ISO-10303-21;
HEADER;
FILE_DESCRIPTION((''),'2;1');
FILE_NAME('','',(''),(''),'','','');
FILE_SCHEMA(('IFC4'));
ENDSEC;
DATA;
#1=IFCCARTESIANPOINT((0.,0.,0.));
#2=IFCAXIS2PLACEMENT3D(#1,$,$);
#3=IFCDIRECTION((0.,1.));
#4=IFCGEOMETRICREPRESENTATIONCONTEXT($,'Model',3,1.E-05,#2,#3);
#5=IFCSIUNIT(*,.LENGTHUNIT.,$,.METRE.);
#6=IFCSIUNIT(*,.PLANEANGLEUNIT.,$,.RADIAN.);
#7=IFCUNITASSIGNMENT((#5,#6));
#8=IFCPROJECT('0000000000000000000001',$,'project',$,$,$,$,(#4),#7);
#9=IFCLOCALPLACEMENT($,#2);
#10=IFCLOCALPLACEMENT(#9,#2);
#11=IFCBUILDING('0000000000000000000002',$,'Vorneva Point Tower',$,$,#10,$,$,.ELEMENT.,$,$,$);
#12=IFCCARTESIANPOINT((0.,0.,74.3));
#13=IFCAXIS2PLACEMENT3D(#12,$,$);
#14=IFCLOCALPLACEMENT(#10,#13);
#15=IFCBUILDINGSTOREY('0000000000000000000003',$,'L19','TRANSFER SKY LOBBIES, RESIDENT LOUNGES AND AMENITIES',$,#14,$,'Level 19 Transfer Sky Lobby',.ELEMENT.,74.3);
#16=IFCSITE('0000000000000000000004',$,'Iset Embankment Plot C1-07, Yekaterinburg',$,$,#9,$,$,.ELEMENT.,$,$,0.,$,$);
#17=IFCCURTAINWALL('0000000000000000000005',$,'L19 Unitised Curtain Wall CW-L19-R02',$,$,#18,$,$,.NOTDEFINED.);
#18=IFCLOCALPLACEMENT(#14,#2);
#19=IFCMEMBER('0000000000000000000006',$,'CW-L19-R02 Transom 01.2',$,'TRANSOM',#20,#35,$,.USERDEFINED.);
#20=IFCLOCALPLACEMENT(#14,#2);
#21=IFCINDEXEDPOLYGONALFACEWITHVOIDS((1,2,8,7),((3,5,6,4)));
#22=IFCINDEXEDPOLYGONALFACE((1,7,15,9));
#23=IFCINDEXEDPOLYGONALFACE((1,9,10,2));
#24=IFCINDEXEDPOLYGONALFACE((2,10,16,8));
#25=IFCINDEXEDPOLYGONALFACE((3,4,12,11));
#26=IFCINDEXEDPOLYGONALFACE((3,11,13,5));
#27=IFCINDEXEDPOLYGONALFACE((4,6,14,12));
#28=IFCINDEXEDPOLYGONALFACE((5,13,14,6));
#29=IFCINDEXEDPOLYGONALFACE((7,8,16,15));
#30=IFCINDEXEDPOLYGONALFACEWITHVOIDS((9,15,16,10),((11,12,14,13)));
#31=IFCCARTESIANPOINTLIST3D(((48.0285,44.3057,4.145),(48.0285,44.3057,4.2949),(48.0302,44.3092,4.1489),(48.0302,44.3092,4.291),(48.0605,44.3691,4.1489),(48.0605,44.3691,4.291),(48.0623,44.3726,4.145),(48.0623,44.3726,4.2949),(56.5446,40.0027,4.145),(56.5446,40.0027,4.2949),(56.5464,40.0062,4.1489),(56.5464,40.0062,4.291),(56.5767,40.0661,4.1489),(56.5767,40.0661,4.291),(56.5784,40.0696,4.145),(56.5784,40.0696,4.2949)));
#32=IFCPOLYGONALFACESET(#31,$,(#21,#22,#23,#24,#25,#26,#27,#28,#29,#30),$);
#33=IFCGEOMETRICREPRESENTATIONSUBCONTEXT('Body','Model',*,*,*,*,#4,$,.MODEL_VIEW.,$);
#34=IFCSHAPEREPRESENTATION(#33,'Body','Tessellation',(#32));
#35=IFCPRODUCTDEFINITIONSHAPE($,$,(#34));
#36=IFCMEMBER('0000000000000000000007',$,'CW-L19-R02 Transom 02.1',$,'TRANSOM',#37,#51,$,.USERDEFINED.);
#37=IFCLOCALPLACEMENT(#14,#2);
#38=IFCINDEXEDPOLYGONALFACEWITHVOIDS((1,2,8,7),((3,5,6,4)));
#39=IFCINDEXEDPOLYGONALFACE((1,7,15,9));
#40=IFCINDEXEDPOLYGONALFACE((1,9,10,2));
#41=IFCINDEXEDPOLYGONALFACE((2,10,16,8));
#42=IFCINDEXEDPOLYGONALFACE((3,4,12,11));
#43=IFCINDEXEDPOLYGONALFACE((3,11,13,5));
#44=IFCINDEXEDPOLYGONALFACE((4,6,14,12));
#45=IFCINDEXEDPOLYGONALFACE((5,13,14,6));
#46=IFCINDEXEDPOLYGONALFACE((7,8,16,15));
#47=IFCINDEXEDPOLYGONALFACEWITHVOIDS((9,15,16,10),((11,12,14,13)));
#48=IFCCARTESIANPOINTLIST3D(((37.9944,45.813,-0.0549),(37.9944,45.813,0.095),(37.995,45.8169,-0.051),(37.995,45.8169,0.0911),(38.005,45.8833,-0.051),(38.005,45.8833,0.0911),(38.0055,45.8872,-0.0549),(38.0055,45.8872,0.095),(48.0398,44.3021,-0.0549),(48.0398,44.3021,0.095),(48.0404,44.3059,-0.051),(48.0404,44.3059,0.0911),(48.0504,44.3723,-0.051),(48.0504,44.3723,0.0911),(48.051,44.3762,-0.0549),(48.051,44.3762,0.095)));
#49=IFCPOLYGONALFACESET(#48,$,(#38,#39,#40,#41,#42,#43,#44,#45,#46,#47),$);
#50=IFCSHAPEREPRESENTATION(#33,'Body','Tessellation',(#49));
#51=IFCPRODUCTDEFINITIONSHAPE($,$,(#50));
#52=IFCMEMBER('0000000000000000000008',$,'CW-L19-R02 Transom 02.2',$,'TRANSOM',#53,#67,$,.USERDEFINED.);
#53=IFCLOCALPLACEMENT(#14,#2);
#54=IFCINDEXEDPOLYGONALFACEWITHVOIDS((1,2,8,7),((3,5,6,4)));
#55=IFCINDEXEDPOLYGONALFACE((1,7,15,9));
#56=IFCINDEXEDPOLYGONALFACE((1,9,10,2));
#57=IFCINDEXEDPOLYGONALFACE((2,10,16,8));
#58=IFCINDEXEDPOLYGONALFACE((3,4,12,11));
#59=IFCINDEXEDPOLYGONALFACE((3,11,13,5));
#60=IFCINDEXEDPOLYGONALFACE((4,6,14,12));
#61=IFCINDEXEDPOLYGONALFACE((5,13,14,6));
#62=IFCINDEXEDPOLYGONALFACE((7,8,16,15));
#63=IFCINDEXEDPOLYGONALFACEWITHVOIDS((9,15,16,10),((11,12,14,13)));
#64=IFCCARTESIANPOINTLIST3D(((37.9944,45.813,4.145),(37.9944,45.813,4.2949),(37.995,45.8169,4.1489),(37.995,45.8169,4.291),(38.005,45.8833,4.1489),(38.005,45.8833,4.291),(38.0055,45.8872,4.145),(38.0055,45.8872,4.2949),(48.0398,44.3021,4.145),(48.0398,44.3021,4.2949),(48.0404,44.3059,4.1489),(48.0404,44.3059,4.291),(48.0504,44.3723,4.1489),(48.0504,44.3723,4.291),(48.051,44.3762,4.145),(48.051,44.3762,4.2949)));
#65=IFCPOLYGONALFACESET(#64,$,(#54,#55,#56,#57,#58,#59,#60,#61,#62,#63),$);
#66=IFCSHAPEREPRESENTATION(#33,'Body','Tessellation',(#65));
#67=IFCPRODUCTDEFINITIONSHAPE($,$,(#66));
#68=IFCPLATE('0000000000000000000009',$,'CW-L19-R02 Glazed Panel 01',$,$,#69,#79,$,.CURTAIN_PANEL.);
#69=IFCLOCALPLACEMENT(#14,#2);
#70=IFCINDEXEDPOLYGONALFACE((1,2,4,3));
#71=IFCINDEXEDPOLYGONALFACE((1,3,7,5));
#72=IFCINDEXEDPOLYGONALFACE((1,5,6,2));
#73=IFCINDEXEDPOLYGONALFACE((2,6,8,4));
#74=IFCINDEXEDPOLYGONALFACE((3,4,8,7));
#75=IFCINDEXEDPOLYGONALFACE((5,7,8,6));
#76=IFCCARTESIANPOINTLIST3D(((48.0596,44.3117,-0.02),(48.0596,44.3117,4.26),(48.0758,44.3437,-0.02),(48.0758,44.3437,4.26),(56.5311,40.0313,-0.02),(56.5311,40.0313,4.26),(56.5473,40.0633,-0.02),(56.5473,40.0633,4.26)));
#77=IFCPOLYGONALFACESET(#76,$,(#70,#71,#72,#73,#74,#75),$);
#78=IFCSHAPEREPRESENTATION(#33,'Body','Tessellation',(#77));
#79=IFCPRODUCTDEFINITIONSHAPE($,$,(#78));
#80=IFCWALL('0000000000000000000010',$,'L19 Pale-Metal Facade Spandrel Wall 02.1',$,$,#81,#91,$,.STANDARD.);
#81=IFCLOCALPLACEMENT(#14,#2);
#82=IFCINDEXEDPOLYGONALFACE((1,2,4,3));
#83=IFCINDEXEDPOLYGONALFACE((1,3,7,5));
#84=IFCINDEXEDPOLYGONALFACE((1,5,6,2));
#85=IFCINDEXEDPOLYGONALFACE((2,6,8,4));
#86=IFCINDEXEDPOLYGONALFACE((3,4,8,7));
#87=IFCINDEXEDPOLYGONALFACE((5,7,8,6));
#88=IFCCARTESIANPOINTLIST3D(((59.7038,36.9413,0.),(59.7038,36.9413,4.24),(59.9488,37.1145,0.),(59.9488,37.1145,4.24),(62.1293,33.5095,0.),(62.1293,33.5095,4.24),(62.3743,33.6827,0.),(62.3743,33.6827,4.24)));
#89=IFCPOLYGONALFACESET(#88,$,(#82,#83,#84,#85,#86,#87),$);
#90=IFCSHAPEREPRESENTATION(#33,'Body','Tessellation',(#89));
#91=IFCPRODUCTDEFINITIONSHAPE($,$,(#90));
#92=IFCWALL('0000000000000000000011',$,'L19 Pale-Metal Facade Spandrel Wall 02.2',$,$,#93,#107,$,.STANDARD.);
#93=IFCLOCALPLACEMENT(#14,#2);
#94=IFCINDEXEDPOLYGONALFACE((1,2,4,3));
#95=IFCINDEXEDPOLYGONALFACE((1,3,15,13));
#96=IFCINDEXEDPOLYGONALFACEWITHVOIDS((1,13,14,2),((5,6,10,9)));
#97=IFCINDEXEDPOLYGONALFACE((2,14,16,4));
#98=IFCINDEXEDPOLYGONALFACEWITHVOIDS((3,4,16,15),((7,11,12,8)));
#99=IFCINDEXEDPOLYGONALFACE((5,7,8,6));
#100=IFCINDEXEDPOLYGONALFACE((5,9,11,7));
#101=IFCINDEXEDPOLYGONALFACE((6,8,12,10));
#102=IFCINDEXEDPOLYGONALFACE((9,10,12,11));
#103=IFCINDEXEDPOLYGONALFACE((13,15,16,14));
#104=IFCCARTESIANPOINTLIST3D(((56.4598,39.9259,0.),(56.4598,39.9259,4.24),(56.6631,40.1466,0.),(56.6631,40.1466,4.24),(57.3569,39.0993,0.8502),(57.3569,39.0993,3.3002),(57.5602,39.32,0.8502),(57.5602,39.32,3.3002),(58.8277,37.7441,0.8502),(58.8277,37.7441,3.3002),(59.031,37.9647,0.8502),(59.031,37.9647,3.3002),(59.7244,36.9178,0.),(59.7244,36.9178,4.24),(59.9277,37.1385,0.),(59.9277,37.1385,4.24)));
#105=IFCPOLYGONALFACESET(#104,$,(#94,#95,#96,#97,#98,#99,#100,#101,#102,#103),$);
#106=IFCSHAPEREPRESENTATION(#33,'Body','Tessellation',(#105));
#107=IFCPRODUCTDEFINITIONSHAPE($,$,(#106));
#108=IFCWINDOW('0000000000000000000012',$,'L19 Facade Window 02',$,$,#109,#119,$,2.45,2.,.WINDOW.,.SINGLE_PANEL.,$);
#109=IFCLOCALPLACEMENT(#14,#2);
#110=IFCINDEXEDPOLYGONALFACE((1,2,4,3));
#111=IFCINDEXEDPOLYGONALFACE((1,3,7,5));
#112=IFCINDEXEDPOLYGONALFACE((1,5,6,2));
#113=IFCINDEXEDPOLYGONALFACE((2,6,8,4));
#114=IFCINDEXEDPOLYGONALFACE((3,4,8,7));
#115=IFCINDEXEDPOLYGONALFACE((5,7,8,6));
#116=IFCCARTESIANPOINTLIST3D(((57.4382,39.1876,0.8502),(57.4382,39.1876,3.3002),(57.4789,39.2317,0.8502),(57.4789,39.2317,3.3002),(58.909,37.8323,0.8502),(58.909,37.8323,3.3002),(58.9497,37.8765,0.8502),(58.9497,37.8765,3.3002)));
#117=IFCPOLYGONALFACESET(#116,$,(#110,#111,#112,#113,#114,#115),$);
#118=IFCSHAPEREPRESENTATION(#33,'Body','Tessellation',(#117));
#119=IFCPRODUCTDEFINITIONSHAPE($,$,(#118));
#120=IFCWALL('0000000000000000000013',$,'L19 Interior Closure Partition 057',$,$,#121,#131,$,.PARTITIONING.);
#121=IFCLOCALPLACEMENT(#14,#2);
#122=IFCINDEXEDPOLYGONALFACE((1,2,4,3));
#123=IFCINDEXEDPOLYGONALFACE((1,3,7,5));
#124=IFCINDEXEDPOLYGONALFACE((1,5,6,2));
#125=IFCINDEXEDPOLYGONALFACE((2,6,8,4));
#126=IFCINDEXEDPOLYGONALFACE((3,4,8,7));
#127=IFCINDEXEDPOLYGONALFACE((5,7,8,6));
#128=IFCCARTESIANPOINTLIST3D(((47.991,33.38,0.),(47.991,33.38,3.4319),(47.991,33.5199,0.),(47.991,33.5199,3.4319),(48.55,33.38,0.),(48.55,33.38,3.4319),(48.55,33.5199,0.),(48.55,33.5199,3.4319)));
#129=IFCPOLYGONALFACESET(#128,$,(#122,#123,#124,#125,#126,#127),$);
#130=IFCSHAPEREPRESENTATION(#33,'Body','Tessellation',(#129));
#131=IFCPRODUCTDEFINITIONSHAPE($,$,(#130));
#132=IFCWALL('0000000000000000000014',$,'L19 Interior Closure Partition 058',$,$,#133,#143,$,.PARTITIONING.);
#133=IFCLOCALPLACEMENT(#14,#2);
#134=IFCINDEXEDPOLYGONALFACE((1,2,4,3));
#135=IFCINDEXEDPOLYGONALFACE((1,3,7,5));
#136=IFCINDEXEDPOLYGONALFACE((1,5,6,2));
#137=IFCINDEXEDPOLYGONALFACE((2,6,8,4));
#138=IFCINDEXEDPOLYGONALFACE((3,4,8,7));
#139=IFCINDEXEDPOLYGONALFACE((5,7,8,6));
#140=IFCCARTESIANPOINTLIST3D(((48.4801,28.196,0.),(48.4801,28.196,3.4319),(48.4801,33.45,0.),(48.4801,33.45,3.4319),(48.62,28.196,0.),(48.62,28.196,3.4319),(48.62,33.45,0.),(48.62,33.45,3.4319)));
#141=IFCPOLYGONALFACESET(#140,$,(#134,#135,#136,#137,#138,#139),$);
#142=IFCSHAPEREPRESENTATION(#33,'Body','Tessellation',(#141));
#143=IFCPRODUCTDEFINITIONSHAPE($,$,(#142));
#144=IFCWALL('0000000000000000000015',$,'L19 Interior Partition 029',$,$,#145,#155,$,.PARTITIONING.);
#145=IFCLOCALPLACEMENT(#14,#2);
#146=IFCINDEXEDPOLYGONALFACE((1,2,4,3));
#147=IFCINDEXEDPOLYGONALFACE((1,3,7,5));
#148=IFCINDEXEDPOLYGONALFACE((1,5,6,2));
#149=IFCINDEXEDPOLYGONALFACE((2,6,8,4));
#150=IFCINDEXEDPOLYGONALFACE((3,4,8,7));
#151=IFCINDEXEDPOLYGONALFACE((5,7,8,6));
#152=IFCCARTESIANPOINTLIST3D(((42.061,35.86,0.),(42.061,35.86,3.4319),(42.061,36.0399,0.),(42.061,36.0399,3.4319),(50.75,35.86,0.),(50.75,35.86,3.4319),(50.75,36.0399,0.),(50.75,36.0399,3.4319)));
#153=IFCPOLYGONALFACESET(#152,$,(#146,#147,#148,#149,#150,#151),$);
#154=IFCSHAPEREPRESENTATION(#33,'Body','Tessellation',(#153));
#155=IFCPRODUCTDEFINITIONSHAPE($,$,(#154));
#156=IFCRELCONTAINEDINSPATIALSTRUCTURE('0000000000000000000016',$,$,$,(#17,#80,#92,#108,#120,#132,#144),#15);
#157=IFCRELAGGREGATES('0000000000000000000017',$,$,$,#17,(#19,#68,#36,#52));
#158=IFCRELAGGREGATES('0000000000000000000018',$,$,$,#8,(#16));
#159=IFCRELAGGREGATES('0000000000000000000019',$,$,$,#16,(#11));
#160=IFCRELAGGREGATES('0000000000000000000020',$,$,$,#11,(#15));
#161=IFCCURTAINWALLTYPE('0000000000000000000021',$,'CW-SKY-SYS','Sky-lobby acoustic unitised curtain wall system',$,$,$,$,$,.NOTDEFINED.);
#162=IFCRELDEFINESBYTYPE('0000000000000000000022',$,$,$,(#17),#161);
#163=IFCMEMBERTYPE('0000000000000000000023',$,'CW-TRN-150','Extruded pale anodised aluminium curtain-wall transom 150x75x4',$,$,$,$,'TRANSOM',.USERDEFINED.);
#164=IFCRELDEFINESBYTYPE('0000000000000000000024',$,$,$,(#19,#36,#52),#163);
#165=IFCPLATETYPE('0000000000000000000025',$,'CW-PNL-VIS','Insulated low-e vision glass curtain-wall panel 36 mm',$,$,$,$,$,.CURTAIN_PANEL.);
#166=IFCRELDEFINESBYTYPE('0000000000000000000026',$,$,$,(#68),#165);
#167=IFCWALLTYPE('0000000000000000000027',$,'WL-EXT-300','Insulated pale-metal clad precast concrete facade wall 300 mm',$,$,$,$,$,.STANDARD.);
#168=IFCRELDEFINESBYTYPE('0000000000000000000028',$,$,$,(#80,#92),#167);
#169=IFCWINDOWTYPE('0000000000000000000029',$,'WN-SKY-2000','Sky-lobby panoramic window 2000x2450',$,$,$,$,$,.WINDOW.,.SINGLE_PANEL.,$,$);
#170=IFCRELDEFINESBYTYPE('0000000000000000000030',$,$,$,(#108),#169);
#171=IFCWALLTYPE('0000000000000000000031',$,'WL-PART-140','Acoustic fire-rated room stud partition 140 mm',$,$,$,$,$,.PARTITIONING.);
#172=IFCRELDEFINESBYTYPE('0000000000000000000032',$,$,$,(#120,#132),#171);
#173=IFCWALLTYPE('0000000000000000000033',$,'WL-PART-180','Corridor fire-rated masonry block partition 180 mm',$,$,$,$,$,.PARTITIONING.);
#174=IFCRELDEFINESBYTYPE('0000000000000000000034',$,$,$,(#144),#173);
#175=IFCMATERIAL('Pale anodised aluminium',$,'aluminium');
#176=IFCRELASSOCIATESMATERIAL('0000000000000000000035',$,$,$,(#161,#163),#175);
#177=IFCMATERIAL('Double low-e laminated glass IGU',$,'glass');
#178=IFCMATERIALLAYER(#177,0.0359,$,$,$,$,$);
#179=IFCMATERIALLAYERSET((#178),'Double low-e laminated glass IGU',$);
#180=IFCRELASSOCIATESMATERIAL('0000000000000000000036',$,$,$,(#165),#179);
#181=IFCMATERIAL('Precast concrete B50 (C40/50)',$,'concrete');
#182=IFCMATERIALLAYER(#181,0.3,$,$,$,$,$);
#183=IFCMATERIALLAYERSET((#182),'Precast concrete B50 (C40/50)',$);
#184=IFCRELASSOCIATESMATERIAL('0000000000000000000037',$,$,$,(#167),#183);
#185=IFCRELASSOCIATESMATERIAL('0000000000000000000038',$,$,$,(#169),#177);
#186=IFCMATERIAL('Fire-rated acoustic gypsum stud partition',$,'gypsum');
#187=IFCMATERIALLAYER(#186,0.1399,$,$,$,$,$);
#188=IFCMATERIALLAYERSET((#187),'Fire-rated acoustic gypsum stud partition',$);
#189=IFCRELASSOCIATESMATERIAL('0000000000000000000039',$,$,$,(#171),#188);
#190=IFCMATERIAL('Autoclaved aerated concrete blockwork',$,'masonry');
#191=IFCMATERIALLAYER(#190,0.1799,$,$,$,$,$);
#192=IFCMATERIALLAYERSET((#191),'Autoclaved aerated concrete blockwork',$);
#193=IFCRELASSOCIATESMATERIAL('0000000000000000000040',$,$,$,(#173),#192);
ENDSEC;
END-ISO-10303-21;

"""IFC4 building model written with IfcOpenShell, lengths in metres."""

from ifc_helpers import new_model, si_unit, direction, frame, frame_2d, origin, origin_2d, place, context, subcontext, project, spatial, rectangle, hollow_rectangle, extrude, material, layer, layer_set, material_profile, profile_set, type_object, element, fill, aggregate, save


model = new_model("IFC4")

# Units and contexts
model_context = context("Model", 3, precision=1e-05, world=origin(), true_north=direction((0.0, 1.0)))
body_context = subcontext(model_context, "Body", "Model", "MODEL_VIEW")
ifc_project = project(units=[si_unit("LENGTHUNIT", "METRE"), si_unit("PLANEANGLEUNIT", "RADIAN")], contexts=[model_context])

# Site, building, storey
site_placement = place(None, origin())
site = spatial("IfcSite", under=ifc_project, at=site_placement, Name="Iset Embankment Plot C1-07, Yekaterinburg", CompositionType="ELEMENT", RefElevation=0.0)
building_placement = place(site_placement, origin())
building = spatial("IfcBuilding", under=site, at=building_placement, Name="Vorneva Point Tower", CompositionType="ELEMENT")
storey_placement = place(building_placement, frame((0.0, 0.0, 74.3)))
storey = spatial("IfcBuildingStorey", under=building, at=storey_placement, Name="L19", Description="TRANSFER SKY LOBBIES, RESIDENT LOUNGES AND AMENITIES", LongName="Level 19 Transfer Sky Lobby", CompositionType="ELEMENT", Elevation=74.3)

# Shared definitions
ifc_material_1 = material(Name="Pale anodised aluminium", Category="aluminium")
curtain_wall_type = type_object("IfcCurtainWallType", Name="CW-SKY-SYS", Description="Sky-lobby acoustic unitised curtain wall system", PredefinedType="NOTDEFINED", material=ifc_material_1)

# Curtain wall, members, plate
curtain_wall_1_placement = place(storey_placement, origin())
curtain_wall_1 = element("IfcCurtainWall", 1, at=curtain_wall_1_placement, inside=storey, type_object=curtain_wall_type, Name="L19 Unitised Curtain Wall CW-L19-R02", PredefinedType="NOTDEFINED")
ifc_material_profile_1 = material_profile(ifc_material_1, hollow_rectangle(XDim=0.075, YDim=0.1499, WallThickness=0.0039, at=origin_2d()), Name="AL-TRN 150x75x4")
ifc_profile_set_1 = profile_set([ifc_material_profile_1], Name="Pale anodised aluminium")
member_type_1 = type_object("IfcMemberType", Name="CW-TRN-150", Description="Extruded pale anodised aluminium curtain-wall transom 150x75x4", ElementType="TRANSOM", PredefinedType="USERDEFINED", material=ifc_profile_set_1)
member_1_placement = place(storey_placement, frame((56.5615, 40.0361, 4.22), z_axis=(-0.892536, 0.450976, 0.0), x_axis=(-0.450976, -0.892536, 0.0)))
member_1 = element("IfcMember", 2, at=member_1_placement, type_object=member_type_1, Name="CW-L19-R02 Transom 01.2", ObjectType="TRANSOM", PredefinedType="USERDEFINED", context=body_context, shape_type="SweptSolid", body=[
    extrude(hollow_rectangle(XDim=0.075, YDim=0.1499, WallThickness=0.0039, at=origin_2d()), origin(), (0.0, 0.0, 1.0), 9.5415),
])
member_2_placement = place(storey_placement, frame((48.0454, 44.3391, 0.02), z_axis=(-0.988876, 0.148742, 0.0), x_axis=(-0.148742, -0.988876, 0.0)))
member_2 = element("IfcMember", 3, at=member_2_placement, type_object=member_type_1, Name="CW-L19-R02 Transom 02.1", ObjectType="TRANSOM", PredefinedType="USERDEFINED", context=body_context, shape_type="SweptSolid", body=[
    extrude(hollow_rectangle(XDim=0.075, YDim=0.1499, WallThickness=0.0039, at=origin_2d()), origin(), (0.0, 0.0, 1.0), 10.1584),
])
member_3_placement = place(storey_placement, frame((48.0454, 44.3391, 4.22), z_axis=(-0.988876, 0.148742, 0.0), x_axis=(-0.148742, -0.988876, 0.0)))
member_3 = element("IfcMember", 4, at=member_3_placement, type_object=member_type_1, Name="CW-L19-R02 Transom 02.2", ObjectType="TRANSOM", PredefinedType="USERDEFINED", context=body_context, shape_type="SweptSolid", body=[
    extrude(hollow_rectangle(XDim=0.075, YDim=0.1499, WallThickness=0.0039, at=origin_2d()), origin(), (0.0, 0.0, 1.0), 10.1584),
])
ifc_material_2 = material(Name="Double low-e laminated glass IGU", Category="glass")
ifc_layer_1 = layer(ifc_material_2, 0.0359)
ifc_layer_set_1 = layer_set([ifc_layer_1], Name="Double low-e laminated glass IGU")
plate_type = type_object("IfcPlateType", Name="CW-PNL-VIS", Description="Insulated low-e vision glass curtain-wall panel 36 mm", PredefinedType="CURTAIN_PANEL", material=ifc_layer_set_1)
plate_placement = place(storey_placement, frame((52.3035, 42.1875, -0.02), z_axis=(0.0, 0.0, 1.0), x_axis=(-0.892539, 0.450971, 0.0)))
plate = element("IfcPlate", 5, at=plate_placement, type_object=plate_type, Name="CW-L19-R02 Glazed Panel 01", PredefinedType="CURTAIN_PANEL", context=body_context, shape_type="SweptSolid", body=[
    extrude(rectangle(XDim=9.4915, YDim=0.0359, at=origin_2d()), origin(), (0.0, 0.0, 1.0), 4.28),
])
aggregate(curtain_wall_1, [member_1, plate, member_2, member_3])

# Wall
ifc_material_3 = material(Name="Precast concrete B50 (C40/50)", Category="concrete")
ifc_layer_2 = layer(ifc_material_3, 0.3)
ifc_layer_set_2 = layer_set([ifc_layer_2], Name="Precast concrete B50 (C40/50)")
wall_type_1 = type_object("IfcWallType", Name="WL-EXT-300", Description="Insulated pale-metal clad precast concrete facade wall 300 mm", PredefinedType="STANDARD", material=ifc_layer_set_2)
wall_1_placement = place(storey_placement, frame((62.2517, 33.5962, 0.0), z_axis=(0.0, 0.0, 1.0), x_axis=(-0.577164, 0.816628, 0.0)))
element("IfcWall", 6, at=wall_1_placement, inside=storey, type_object=wall_type_1, Name="L19 Pale-Metal Facade Spandrel Wall 02.1", PredefinedType="STANDARD", context=body_context, shape_type="SweptSolid", body=[
    extrude(rectangle(XDim=4.2024, YDim=0.3, at=frame_2d((2.1011, 0.0))), origin(), (0.0, 0.0, 1.0), 4.24),
])

# Wall, opening, window
wall_2_placement = place(storey_placement, frame((59.8262, 37.0281, 0.0), z_axis=(0.0, 0.0, 1.0), x_axis=(-0.735417, 0.677615, 0.0)))
wall_2 = element("IfcWall", 7, at=wall_2_placement, inside=storey, type_object=wall_type_1, Name="L19 Pale-Metal Facade Spandrel Wall 02.2", PredefinedType="STANDARD", context=body_context, shape_type="SweptSolid", body=[
    extrude(rectangle(XDim=4.4392, YDim=0.3, at=frame_2d((2.2197, 0.0))), origin(), (0.0, 0.0, 1.0), 4.24),
])
opening_1_placement = place(wall_2_placement, frame((1.2195, 0.0, 0.8501)))
opening_1 = element("IfcOpeningElement", 8, at=opening_1_placement, cuts=wall_2, PredefinedType="OPENING", context=body_context, shape_type="SweptSolid", body=[
    extrude(rectangle(XDim=2.0, YDim=2.45, at=frame_2d((1.0, 1.2251))), frame((0.0, 0.165, 0.0), z_axis=(0.0, -1.0, 0.0), x_axis=(1.0, 0.0, 0.0)), (0.0, 0.0, 1.0), 0.3298),
])
window_type = type_object("IfcWindowType", Name="WN-SKY-2000", Description="Sky-lobby panoramic window 2000x2450", PartitioningType="SINGLE_PANEL", PredefinedType="WINDOW", material=ifc_material_2)
window_placement = place(opening_1_placement, origin())
window = element("IfcWindow", 9, at=window_placement, inside=storey, type_object=window_type, Name="L19 Facade Window 02", OverallHeight=2.45, OverallWidth=2.0, PartitioningType="SINGLE_PANEL", PredefinedType="WINDOW", context=body_context, shape_type="SweptSolid", body=[
    extrude(rectangle(XDim=2.0, YDim=2.45, at=frame_2d((1.0, 1.2251))), frame((0.0, 0.03, 0.0), z_axis=(0.0, -1.0, 0.0), x_axis=(1.0, 0.0, 0.0)), (0.0, 0.0, 1.0), 0.0601),
])
fill(opening_1, window)

# Walls
ifc_material_4 = material(Name="Fire-rated acoustic gypsum stud partition", Category="gypsum")
ifc_layer_3 = layer(ifc_material_4, 0.1399)
ifc_layer_set_3 = layer_set([ifc_layer_3], Name="Fire-rated acoustic gypsum stud partition")
wall_type_2 = type_object("IfcWallType", Name="WL-PART-140", Description="Acoustic fire-rated room stud partition 140 mm", PredefinedType="PARTITIONING", material=ifc_layer_set_3)
wall_3_placement = place(storey_placement, frame((47.991, 33.45, 0.0), z_axis=(0.0, 0.0, 1.0), x_axis=(1.0, 0.0, 0.0)))
element("IfcWall", 10, at=wall_3_placement, inside=storey, type_object=wall_type_2, Name="L19 Interior Closure Partition 057", PredefinedType="PARTITIONING", context=body_context, shape_type="SweptSolid", body=[
    extrude(rectangle(XDim=0.5591, YDim=0.1399, at=frame_2d((0.2795, 0.0))), origin(), (0.0, 0.0, 1.0), 3.4319),
])
wall_4_placement = place(storey_placement, frame((48.55, 33.45, 0.0), z_axis=(0.0, 0.0, 1.0), x_axis=(0.0, -1.0, 0.0)))
element("IfcWall", 11, at=wall_4_placement, inside=storey, type_object=wall_type_2, Name="L19 Interior Closure Partition 058", PredefinedType="PARTITIONING", context=body_context, shape_type="SweptSolid", body=[
    extrude(rectangle(XDim=5.2539, YDim=0.1399, at=frame_2d((2.627, 0.0))), origin(), (0.0, 0.0, 1.0), 3.4319),
])
ifc_material_5 = material(Name="Autoclaved aerated concrete blockwork", Category="masonry")
ifc_layer_4 = layer(ifc_material_5, 0.1799)
ifc_layer_set_4 = layer_set([ifc_layer_4], Name="Autoclaved aerated concrete blockwork")
wall_type_3 = type_object("IfcWallType", Name="WL-PART-180", Description="Corridor fire-rated masonry block partition 180 mm", PredefinedType="PARTITIONING", material=ifc_layer_set_4)
wall_5_placement = place(storey_placement, frame((50.75, 35.95, 0.0), z_axis=(0.0, 0.0, 1.0), x_axis=(-1.0, 0.0, 0.0)))
element("IfcWall", 12, at=wall_5_placement, inside=storey, type_object=wall_type_3, Name="L19 Interior Partition 029", PredefinedType="PARTITIONING", context=body_context, shape_type="SweptSolid", body=[
    extrude(rectangle(XDim=8.689, YDim=0.1799, at=frame_2d((4.3445, 0.0))), origin(), (0.0, 0.0, 1.0), 3.4319),
])

save(model, "model.ifc")
